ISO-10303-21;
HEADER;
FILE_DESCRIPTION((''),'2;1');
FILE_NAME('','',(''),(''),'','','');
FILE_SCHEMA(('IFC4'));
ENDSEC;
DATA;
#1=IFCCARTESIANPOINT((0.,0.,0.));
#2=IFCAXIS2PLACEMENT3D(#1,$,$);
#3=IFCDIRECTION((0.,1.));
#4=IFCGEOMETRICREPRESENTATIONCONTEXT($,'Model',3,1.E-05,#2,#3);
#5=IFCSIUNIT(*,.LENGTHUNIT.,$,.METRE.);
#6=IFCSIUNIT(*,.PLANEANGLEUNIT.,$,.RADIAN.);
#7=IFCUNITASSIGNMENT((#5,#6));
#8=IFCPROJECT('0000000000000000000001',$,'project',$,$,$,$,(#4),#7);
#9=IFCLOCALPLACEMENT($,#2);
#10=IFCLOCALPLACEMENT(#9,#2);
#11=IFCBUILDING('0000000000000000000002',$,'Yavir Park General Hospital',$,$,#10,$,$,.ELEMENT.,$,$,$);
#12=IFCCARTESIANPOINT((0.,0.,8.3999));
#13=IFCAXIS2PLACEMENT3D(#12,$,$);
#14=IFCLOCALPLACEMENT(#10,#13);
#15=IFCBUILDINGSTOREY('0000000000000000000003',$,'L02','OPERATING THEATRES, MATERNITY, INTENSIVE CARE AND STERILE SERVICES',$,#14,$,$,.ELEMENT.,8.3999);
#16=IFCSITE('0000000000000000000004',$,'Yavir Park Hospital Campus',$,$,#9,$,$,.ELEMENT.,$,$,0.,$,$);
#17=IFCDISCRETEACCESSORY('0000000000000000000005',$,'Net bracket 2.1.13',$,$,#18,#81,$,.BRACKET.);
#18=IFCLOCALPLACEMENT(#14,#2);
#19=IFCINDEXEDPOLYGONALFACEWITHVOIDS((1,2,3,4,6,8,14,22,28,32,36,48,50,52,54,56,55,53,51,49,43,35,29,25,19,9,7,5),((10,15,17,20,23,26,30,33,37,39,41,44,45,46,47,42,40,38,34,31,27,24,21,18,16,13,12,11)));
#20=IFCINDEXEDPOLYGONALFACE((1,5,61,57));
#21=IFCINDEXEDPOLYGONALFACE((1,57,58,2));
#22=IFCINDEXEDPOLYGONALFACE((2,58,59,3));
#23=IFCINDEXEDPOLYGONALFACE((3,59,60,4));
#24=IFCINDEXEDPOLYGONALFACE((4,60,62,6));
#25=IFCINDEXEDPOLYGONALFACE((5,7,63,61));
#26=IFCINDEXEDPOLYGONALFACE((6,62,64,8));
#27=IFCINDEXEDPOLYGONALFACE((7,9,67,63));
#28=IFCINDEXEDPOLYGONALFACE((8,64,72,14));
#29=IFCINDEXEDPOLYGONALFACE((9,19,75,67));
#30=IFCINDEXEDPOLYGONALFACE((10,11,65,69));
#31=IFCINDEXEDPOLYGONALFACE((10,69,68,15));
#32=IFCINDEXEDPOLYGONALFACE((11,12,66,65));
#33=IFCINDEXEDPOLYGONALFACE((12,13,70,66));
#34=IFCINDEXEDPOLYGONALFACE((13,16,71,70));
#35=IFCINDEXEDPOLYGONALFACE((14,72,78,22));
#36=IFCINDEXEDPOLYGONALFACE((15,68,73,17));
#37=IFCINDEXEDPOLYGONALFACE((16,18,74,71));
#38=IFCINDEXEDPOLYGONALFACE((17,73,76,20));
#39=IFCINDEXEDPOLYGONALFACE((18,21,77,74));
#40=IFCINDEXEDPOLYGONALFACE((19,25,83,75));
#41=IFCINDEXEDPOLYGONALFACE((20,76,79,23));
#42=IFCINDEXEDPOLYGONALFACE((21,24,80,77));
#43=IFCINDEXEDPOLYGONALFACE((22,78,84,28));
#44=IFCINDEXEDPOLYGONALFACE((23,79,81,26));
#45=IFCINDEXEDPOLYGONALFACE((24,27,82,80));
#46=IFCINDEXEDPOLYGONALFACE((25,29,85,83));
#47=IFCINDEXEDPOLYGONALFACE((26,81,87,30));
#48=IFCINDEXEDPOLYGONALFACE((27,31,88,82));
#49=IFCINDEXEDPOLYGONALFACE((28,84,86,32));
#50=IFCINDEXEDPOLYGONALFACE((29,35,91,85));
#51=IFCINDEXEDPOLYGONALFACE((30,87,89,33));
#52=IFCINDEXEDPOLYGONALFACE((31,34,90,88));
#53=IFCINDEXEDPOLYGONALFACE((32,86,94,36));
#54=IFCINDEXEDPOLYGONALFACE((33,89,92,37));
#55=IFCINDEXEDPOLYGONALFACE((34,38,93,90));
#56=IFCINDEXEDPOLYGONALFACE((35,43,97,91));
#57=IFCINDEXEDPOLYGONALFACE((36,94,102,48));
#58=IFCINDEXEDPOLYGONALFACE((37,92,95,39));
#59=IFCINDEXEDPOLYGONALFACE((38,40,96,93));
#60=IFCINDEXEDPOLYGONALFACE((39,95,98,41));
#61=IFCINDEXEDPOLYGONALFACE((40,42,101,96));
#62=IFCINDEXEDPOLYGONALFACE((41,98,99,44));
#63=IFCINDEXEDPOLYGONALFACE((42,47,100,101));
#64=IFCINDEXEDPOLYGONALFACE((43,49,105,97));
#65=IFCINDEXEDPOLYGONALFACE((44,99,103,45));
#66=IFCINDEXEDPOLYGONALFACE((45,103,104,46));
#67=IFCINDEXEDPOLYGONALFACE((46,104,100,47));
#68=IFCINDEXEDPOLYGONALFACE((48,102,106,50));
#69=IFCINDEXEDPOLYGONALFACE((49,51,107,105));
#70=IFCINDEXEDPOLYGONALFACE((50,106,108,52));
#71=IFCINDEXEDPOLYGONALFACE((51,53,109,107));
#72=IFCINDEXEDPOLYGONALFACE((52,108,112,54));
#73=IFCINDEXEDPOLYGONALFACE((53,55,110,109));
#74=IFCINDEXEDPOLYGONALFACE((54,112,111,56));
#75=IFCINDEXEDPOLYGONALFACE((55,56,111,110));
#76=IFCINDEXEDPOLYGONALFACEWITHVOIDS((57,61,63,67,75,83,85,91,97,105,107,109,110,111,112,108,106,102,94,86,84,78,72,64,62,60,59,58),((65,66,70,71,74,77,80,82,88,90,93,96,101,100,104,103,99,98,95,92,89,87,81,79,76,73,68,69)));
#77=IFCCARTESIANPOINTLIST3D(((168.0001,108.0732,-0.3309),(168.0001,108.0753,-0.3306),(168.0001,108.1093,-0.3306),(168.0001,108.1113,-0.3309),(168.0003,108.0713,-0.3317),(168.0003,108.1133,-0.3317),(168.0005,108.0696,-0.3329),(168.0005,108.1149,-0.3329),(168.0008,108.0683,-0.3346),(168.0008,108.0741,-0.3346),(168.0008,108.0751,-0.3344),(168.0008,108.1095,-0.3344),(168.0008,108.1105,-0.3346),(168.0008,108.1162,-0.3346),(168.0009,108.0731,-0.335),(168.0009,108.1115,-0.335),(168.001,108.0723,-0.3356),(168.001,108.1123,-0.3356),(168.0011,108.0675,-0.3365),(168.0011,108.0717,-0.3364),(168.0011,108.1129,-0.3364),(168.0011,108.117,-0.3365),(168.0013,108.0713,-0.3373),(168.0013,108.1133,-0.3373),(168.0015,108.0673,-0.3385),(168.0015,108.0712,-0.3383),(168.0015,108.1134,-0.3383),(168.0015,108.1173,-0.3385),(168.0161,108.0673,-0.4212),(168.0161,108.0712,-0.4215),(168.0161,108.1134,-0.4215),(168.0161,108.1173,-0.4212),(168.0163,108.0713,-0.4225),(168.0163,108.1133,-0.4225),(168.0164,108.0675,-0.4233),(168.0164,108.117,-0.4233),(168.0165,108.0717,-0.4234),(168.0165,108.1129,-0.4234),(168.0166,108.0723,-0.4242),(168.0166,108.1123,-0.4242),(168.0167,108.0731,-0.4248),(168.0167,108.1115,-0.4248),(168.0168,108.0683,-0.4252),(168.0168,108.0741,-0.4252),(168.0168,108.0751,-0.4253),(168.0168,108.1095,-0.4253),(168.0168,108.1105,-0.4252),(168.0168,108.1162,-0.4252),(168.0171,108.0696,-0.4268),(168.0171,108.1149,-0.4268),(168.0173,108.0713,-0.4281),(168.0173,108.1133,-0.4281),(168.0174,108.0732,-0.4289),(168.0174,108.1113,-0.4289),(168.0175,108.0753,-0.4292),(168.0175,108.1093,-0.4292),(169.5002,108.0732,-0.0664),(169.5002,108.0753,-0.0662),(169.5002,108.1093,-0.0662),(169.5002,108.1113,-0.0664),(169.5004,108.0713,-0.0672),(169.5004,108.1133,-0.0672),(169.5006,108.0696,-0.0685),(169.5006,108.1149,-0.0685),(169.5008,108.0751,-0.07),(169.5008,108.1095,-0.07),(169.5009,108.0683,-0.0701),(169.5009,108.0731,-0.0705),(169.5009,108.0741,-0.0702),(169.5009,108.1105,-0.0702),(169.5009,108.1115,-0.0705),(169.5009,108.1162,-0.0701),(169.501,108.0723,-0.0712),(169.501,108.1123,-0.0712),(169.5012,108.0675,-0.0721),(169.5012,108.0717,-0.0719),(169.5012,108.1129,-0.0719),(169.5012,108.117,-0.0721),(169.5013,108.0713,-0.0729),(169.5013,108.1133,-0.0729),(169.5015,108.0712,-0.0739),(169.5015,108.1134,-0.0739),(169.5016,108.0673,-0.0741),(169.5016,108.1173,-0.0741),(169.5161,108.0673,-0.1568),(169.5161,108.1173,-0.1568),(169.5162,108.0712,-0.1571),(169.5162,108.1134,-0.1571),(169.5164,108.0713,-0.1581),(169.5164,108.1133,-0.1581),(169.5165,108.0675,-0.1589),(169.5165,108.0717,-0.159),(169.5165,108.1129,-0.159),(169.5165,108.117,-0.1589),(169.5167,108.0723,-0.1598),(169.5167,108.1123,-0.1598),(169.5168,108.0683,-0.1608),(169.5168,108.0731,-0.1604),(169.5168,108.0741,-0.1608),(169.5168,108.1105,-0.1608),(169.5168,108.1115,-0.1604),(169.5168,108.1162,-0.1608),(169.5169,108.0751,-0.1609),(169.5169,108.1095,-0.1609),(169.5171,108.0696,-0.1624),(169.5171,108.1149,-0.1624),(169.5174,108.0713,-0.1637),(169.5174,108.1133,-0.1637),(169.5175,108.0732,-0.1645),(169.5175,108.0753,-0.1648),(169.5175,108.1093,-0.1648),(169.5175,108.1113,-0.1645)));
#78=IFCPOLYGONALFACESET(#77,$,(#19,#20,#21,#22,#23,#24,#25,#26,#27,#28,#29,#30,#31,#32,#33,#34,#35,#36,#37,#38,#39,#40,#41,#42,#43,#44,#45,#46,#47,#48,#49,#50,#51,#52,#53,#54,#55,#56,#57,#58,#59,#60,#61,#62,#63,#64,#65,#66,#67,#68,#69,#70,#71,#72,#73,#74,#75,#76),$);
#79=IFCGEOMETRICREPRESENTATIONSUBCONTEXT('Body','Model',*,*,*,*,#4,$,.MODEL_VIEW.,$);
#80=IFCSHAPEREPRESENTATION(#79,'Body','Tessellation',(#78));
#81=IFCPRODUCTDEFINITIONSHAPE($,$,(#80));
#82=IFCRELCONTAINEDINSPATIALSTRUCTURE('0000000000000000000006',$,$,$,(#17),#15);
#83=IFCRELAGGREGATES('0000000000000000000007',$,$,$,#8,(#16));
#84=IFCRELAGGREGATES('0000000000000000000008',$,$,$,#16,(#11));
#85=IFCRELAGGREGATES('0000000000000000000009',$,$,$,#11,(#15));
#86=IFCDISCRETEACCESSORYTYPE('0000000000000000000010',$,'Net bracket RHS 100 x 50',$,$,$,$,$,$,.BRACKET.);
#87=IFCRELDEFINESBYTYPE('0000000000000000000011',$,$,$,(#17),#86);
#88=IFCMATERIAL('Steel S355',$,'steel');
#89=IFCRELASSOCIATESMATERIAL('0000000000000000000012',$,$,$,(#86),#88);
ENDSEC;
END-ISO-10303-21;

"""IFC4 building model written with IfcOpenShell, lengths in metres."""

from ifc_helpers import new_model, si_unit, direction, frame, origin, origin_2d, place, context, subcontext, project, spatial, hollow_rectangle, extrude, material, material_profile, profile_set, type_object, element, save


model = new_model("IFC4")

# Units and contexts
model_context = context("Model", 3, precision=1e-05, world=origin(), true_north=direction((0.0, 1.0)))
body_context = subcontext(model_context, "Body", "Model", "MODEL_VIEW")
ifc_project = project(units=[si_unit("LENGTHUNIT", "METRE"), si_unit("PLANEANGLEUNIT", "RADIAN")], contexts=[model_context])

# Site, building, storey
site_placement = place(None, origin())
site = spatial("IfcSite", under=ifc_project, at=site_placement, Name="Yavir Park Hospital Campus", CompositionType="ELEMENT", RefElevation=0.0)
building_placement = place(site_placement, origin())
building = spatial("IfcBuilding", under=site, at=building_placement, Name="Yavir Park General Hospital", CompositionType="ELEMENT")
storey_placement = place(building_placement, frame((0.0, 0.0, 8.3999)))
storey = spatial("IfcBuildingStorey", under=building, at=storey_placement, Name="L02", Description="OPERATING THEATRES, MATERNITY, INTENSIVE CARE AND STERILE SERVICES", CompositionType="ELEMENT", Elevation=8.3999)

# Discrete accessory
ifc_material_1 = material(Name="Steel S355", Category="steel")
ifc_material_profile_1 = material_profile(ifc_material_1, hollow_rectangle(XDim=0.05, YDim=0.1001, WallThickness=0.0039, InnerFilletRadius=0.0039, OuterFilletRadius=0.0081, at=origin_2d()), Name="RHS100x50x4")
ifc_profile_set_1 = profile_set([ifc_material_profile_1], Name="Steel S355")
discrete_accessory_type = type_object("IfcDiscreteAccessoryType", Name="Net bracket RHS 100 x 50", PredefinedType="BRACKET", material=ifc_profile_set_1)
for number, where, z_axis, x_axis, name in (
    (1, (168.0088, 108.0923, -0.3799), (0.984817, 0.0, 0.173593), (0.0, 1.0, 0.0), "Net bracket 2.1.13"),
):
    element("IfcDiscreteAccessory", number, at=place(storey_placement, frame(where, z_axis=z_axis, x_axis=x_axis)), inside=storey, type_object=discrete_accessory_type, Name=name, PredefinedType="BRACKET", context=body_context, shape_type="SweptSolid", body=[
        extrude(hollow_rectangle(XDim=0.05, YDim=0.1001, WallThickness=0.0039, InnerFilletRadius=0.0039, OuterFilletRadius=0.0081, at=origin_2d()), origin(), (0.0, 0.0, 1.0), 1.5232),
    ])

save(model, "model.ifc")
